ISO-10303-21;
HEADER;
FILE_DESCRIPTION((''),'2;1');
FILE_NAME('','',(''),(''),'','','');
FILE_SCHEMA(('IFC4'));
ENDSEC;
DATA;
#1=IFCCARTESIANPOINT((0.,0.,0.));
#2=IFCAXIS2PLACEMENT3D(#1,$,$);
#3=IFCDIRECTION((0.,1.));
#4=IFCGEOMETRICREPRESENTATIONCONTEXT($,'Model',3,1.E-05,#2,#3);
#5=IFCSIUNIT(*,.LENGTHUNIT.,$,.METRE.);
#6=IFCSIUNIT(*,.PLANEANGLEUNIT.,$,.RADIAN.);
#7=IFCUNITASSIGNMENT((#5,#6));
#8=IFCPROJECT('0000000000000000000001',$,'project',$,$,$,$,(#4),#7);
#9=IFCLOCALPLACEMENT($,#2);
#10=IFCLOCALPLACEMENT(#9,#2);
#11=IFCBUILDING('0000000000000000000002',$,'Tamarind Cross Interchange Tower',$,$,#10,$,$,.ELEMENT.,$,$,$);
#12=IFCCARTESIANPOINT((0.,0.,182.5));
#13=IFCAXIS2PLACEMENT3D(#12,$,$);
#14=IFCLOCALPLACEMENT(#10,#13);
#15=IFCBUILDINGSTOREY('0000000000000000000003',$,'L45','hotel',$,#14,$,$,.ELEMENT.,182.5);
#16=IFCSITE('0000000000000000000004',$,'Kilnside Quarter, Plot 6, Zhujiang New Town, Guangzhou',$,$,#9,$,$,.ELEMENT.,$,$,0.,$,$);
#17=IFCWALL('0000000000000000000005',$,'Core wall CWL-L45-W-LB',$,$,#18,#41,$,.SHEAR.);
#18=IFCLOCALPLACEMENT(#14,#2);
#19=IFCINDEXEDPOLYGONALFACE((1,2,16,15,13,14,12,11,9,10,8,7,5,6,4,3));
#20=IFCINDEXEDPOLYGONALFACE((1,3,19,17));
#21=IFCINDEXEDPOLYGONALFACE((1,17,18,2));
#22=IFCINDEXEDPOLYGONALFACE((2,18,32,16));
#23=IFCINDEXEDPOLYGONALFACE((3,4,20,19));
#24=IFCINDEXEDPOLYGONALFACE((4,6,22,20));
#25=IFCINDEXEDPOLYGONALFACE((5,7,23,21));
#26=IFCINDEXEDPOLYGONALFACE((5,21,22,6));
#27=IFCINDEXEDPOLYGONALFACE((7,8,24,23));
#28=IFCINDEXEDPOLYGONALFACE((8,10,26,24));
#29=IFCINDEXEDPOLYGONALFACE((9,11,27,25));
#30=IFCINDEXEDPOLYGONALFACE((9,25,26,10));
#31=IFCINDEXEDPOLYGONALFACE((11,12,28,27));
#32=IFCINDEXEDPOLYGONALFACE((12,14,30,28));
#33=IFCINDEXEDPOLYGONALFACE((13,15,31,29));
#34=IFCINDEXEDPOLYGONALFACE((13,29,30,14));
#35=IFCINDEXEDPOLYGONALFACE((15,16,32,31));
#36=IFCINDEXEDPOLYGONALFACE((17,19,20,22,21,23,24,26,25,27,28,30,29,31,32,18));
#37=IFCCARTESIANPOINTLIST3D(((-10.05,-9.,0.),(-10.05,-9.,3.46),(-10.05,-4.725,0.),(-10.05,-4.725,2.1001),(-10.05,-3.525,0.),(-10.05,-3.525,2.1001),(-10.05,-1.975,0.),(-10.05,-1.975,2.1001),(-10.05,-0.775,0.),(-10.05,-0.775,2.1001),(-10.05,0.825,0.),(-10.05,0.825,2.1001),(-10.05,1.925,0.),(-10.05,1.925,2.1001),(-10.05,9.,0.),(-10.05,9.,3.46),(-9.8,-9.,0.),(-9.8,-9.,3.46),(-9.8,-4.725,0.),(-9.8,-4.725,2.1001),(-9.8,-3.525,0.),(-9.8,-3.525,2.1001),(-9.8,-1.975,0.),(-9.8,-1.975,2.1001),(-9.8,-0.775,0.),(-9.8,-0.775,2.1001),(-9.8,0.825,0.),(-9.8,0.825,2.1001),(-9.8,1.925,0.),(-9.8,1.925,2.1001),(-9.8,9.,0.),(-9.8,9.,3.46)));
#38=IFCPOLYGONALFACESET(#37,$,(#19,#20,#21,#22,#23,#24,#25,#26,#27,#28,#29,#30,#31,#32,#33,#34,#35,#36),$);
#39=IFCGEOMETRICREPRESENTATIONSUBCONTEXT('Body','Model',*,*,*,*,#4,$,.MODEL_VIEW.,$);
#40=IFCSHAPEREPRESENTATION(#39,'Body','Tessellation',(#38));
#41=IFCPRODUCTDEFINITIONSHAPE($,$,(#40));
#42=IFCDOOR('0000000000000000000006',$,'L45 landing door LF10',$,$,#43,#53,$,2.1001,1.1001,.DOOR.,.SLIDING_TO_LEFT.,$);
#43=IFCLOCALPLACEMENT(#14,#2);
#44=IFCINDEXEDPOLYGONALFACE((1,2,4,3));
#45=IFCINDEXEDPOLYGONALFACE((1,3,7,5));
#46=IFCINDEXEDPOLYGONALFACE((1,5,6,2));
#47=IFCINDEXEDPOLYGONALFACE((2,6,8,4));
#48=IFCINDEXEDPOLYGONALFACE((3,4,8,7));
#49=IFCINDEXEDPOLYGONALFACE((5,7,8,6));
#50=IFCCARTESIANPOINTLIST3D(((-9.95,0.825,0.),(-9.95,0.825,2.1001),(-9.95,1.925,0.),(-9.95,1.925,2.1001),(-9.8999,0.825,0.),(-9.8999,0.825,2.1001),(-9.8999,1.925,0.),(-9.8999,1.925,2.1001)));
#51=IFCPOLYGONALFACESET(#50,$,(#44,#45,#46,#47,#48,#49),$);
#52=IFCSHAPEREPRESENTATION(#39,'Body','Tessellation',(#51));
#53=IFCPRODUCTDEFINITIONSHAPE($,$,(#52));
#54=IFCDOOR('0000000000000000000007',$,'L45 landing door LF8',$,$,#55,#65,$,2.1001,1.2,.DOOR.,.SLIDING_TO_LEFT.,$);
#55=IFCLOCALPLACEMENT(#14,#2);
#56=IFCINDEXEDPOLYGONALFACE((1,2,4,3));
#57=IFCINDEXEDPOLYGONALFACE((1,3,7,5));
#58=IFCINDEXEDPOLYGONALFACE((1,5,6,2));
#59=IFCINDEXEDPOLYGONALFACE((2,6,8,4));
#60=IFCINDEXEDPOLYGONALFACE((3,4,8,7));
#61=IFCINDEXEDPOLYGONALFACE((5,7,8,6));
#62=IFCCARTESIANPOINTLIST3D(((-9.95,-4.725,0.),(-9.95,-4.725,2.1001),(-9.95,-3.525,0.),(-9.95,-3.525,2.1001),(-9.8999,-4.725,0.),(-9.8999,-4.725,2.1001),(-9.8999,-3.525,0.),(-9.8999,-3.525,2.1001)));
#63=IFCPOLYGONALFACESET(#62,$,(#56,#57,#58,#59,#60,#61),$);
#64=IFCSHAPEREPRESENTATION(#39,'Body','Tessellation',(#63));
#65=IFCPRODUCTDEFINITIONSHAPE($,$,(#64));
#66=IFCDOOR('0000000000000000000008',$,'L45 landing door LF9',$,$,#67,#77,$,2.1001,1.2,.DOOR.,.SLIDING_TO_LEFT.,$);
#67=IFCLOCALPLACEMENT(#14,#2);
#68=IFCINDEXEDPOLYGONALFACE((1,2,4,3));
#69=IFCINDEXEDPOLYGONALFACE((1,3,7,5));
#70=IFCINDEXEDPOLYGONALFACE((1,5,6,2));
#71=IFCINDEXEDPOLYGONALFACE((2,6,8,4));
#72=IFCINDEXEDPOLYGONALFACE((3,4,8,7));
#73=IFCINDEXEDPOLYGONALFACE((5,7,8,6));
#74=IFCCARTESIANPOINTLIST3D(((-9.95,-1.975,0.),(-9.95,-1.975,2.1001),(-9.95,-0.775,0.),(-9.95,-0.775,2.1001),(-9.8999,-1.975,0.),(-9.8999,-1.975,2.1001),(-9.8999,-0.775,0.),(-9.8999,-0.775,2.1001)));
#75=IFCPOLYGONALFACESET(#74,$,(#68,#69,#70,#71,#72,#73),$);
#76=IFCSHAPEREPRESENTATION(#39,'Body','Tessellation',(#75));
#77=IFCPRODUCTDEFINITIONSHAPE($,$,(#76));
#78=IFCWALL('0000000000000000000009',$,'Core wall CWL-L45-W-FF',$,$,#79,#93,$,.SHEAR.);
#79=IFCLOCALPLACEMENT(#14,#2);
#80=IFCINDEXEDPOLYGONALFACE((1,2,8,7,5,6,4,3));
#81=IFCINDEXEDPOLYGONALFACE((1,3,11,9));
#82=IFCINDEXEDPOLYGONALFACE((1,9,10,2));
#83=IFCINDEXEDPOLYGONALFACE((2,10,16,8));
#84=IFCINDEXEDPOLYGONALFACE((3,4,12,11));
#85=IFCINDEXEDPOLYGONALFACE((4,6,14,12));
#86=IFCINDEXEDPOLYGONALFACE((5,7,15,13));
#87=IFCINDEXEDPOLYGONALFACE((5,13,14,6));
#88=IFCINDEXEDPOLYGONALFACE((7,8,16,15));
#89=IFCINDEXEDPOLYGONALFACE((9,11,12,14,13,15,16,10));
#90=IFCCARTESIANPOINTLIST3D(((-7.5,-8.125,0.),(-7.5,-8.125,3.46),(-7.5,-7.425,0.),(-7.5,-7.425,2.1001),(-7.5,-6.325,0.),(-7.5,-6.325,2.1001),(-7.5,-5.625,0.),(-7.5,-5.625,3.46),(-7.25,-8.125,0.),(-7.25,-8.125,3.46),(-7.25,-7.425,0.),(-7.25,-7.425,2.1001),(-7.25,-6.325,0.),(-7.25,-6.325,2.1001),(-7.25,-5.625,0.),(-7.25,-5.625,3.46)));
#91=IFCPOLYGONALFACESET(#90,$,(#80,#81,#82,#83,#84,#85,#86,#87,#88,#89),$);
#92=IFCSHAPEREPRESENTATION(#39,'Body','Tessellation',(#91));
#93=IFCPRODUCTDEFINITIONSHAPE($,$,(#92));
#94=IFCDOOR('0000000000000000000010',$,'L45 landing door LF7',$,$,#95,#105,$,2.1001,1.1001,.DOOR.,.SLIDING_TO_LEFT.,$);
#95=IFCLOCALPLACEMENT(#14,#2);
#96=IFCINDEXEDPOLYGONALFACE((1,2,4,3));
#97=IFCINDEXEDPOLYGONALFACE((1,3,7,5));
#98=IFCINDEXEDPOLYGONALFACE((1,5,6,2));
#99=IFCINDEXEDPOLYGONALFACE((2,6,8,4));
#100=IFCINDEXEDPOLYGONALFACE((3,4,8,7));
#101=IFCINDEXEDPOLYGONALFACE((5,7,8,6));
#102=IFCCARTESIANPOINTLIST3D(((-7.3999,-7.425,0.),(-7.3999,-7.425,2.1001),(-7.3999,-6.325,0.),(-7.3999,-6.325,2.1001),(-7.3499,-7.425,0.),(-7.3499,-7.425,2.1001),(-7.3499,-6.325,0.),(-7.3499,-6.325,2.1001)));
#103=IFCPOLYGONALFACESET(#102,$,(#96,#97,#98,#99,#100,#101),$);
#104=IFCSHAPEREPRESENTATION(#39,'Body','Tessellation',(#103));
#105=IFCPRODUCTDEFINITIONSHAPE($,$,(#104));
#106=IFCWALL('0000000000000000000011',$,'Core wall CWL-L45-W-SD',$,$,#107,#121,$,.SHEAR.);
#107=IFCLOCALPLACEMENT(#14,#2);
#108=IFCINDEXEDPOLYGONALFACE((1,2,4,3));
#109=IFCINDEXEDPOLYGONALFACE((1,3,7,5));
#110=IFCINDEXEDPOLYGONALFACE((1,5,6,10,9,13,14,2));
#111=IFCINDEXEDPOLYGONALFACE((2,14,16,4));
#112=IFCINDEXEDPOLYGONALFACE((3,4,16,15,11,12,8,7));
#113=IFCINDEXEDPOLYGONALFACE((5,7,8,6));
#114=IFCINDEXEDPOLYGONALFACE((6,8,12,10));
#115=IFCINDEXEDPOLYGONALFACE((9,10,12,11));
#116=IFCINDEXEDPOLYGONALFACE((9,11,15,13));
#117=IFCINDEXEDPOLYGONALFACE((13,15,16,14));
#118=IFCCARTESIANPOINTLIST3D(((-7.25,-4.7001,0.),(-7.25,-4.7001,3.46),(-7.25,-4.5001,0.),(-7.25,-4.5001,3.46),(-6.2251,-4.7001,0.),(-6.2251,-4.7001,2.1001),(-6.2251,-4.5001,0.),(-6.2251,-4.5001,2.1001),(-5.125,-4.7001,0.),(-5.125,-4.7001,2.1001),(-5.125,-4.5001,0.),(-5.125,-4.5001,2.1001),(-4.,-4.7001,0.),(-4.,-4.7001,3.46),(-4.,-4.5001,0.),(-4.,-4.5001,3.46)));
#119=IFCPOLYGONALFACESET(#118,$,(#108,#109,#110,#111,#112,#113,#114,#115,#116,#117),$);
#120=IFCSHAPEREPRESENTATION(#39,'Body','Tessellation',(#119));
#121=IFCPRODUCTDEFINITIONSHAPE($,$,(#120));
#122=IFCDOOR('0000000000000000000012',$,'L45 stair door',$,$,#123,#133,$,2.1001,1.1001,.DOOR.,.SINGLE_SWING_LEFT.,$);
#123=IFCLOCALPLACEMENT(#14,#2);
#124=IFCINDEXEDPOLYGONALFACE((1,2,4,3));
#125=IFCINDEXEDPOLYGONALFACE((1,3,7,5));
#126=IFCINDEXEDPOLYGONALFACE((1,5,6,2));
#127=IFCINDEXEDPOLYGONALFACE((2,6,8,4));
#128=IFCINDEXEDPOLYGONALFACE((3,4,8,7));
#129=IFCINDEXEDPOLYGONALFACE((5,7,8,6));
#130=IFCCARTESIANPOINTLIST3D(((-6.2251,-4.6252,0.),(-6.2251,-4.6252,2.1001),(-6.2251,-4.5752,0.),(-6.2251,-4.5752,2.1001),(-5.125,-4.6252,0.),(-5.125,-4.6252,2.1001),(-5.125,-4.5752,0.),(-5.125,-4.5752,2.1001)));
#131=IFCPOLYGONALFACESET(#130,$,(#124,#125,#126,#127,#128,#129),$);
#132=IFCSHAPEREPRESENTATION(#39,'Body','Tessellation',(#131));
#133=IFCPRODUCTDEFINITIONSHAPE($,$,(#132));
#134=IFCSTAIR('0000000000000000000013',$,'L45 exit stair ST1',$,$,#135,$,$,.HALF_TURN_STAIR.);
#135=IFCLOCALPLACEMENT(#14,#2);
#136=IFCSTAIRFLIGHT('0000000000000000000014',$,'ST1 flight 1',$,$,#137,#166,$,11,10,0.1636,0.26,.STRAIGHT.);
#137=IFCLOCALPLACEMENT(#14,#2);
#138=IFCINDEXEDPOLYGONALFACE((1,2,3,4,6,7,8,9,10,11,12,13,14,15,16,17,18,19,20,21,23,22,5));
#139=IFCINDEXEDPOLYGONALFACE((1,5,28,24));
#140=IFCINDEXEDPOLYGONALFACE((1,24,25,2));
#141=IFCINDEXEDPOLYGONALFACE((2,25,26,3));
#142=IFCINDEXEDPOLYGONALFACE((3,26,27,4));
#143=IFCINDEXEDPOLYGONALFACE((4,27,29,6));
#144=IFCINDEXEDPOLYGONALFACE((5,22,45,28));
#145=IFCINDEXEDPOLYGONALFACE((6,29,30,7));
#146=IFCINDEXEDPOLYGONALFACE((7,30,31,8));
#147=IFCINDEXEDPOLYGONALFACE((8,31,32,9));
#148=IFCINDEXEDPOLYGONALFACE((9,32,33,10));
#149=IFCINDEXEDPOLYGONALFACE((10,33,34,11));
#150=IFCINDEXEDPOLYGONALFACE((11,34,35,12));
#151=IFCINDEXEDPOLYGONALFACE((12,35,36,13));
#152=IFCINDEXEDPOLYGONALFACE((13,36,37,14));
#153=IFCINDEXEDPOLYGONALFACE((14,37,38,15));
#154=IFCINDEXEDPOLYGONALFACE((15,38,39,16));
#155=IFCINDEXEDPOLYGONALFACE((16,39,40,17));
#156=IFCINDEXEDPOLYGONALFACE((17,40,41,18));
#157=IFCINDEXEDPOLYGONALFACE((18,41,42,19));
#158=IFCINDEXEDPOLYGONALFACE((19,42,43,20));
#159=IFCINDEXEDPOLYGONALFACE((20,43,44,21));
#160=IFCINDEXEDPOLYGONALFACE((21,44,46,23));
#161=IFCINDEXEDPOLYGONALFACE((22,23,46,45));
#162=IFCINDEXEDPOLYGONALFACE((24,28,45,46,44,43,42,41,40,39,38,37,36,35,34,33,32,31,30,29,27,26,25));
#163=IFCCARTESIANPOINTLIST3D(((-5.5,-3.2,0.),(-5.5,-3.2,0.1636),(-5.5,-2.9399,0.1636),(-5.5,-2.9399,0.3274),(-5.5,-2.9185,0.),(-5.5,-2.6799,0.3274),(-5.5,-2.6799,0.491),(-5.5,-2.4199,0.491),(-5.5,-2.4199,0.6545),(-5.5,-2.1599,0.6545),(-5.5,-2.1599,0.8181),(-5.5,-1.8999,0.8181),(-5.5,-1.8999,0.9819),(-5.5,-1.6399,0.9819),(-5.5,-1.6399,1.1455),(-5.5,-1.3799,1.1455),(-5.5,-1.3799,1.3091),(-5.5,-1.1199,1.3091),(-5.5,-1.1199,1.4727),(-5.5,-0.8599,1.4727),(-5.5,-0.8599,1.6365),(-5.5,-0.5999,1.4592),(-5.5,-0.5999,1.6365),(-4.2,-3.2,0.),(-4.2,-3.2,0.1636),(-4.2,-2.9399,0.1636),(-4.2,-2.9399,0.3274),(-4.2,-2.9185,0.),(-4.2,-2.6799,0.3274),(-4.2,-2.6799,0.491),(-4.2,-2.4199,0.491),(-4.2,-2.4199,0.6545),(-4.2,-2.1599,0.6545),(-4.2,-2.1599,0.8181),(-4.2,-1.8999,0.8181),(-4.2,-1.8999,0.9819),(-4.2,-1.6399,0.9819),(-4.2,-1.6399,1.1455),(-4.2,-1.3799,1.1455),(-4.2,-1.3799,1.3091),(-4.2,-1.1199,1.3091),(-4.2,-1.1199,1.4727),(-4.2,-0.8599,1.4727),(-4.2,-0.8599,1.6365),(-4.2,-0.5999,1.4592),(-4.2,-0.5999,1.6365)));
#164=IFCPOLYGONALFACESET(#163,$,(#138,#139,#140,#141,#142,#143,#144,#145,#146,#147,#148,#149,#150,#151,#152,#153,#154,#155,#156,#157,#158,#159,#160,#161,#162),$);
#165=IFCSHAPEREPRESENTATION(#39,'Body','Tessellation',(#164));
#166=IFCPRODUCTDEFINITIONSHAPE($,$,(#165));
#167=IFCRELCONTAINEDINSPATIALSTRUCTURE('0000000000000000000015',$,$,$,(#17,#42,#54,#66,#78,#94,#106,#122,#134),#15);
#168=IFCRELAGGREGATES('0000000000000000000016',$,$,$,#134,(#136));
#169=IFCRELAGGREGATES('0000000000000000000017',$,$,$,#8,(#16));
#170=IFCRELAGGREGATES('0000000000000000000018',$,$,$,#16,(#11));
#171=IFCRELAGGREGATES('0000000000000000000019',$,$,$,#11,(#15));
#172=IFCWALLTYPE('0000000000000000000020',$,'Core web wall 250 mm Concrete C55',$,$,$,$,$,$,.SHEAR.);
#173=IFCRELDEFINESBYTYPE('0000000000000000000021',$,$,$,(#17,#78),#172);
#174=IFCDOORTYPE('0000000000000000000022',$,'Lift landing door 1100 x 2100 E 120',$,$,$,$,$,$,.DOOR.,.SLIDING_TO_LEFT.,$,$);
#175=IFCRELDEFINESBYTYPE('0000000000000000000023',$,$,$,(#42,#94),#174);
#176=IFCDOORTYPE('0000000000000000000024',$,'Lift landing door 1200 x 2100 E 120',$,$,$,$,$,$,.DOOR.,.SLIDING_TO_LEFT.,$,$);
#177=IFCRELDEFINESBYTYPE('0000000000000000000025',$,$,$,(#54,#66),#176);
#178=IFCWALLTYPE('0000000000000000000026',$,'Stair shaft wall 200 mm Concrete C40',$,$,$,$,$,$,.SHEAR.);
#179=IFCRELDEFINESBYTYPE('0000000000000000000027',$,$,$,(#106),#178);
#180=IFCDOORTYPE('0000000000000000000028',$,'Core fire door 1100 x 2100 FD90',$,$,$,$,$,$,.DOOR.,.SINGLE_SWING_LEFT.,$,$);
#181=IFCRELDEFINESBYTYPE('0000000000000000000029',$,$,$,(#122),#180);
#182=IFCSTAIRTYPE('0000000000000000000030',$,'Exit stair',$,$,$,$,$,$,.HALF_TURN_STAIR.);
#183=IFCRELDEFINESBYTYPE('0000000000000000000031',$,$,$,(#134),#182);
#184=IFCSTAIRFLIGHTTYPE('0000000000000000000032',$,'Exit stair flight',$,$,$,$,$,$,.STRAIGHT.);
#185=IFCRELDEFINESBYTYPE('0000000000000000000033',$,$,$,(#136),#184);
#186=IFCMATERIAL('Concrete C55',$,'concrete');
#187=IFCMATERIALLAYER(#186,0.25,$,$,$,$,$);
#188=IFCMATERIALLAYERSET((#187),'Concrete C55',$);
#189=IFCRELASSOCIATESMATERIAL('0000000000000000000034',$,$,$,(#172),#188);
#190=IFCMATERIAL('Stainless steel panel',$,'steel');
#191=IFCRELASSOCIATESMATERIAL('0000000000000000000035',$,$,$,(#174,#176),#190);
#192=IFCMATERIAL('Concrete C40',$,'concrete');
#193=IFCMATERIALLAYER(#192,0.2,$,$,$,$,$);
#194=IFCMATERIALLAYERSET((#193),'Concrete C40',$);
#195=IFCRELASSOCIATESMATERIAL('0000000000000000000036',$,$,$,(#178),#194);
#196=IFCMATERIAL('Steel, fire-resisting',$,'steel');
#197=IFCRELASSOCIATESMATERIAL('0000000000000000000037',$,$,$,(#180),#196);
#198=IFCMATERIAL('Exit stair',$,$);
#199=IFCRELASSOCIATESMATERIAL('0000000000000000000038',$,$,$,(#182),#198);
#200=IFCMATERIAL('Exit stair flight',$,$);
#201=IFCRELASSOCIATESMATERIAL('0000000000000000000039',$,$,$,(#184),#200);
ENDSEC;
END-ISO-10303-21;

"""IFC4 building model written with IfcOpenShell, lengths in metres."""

from ifc_helpers import new_model, si_unit, direction, frame, frame_2d, origin, place, context, subcontext, project, spatial, polyline, rectangle, outline, extrude, material, layer, layer_set, type_object, element, fill, aggregate, save


model = new_model("IFC4")

# Units and contexts
model_context = context("Model", 3, precision=1e-05, world=origin(), true_north=direction((0.0, 1.0)))
body_context = subcontext(model_context, "Body", "Model", "MODEL_VIEW")
ifc_project = project(units=[si_unit("LENGTHUNIT", "METRE"), si_unit("PLANEANGLEUNIT", "RADIAN")], contexts=[model_context])

# Site, building, storey
site_placement = place(None, origin())
site = spatial("IfcSite", under=ifc_project, at=site_placement, Name="Kilnside Quarter, Plot 6, Zhujiang New Town, Guangzhou", CompositionType="ELEMENT", RefElevation=0.0)
building_placement = place(site_placement, origin())
building = spatial("IfcBuilding", under=site, at=building_placement, Name="Tamarind Cross Interchange Tower", CompositionType="ELEMENT")
storey_placement = place(building_placement, frame((0.0, 0.0, 182.5)))
storey = spatial("IfcBuildingStorey", under=building, at=storey_placement, Name="L45", Description="hotel", CompositionType="ELEMENT", Elevation=182.5)

# Shared definitions
ifc_material_1 = material(Name="Concrete C55", Category="concrete")

# Shared definitions
ifc_material_2 = material(Name="Steel, fire-resisting", Category="steel")

# Shared definitions
ifc_layer_1 = layer(ifc_material_1, 0.25)
ifc_layer_set_1 = layer_set([ifc_layer_1], Name="Concrete C55")
wall_type_1 = type_object("IfcWallType", Name="Core web wall 250 mm Concrete C55", PredefinedType="SHEAR", material=ifc_layer_set_1)

# Wall, openings, doors
ifc_material_3 = material(Name="Stainless steel panel", Category="steel")
wall_1_placement = place(storey_placement, frame((-9.925, -9.0, 0.0), z_axis=(0.0, 0.0, 1.0), x_axis=(0.0, 1.0, 0.0)))
wall_1 = element("IfcWall", 1, at=wall_1_placement, inside=storey, type_object=wall_type_1, Name="Core wall CWL-L45-W-LB", PredefinedType="SHEAR", context=body_context, shape_type="SweptSolid", body=[
    extrude(rectangle(XDim=18.0, YDim=0.25, at=frame_2d((9.0, 0.0))), origin(), (0.0, 0.0, 1.0), 3.46),
])
opening_1_placement = place(wall_1_placement, frame((4.2749, 0.0, 0.0)))
opening_1 = element("IfcOpeningElement", 2, at=opening_1_placement, cuts=wall_1, PredefinedType="OPENING", context=body_context, shape_type="SweptSolid", body=[
    extrude(rectangle(XDim=1.2, YDim=2.1001, at=frame_2d((0.6001, 1.05))), frame((0.0, 0.135, 0.0), z_axis=(0.0, -1.0, 0.0), x_axis=(1.0, 0.0, 0.0)), (0.0, 0.0, 1.0), 0.27),
])
opening_2_placement = place(wall_1_placement, frame((7.0249, 0.0, 0.0)))
opening_2 = element("IfcOpeningElement", 3, at=opening_2_placement, cuts=wall_1, PredefinedType="OPENING", context=body_context, shape_type="SweptSolid", body=[
    extrude(rectangle(XDim=1.2, YDim=2.1001, at=frame_2d((0.6001, 1.05))), frame((0.0, 0.135, 0.0), z_axis=(0.0, -1.0, 0.0), x_axis=(1.0, 0.0, 0.0)), (0.0, 0.0, 1.0), 0.27),
])
opening_3_placement = place(wall_1_placement, frame((9.825, 0.0, 0.0)))
opening_3 = element("IfcOpeningElement", 4, at=opening_3_placement, cuts=wall_1, PredefinedType="OPENING", context=body_context, shape_type="SweptSolid", body=[
    extrude(rectangle(XDim=1.1001, YDim=2.1001, at=frame_2d((0.55, 1.05))), frame((0.0, 0.135, 0.0), z_axis=(0.0, -1.0, 0.0), x_axis=(1.0, 0.0, 0.0)), (0.0, 0.0, 1.0), 0.27),
])
door_type_1 = type_object("IfcDoorType", Name="Lift landing door 1100 x 2100 E 120", OperationType="SLIDING_TO_LEFT", PredefinedType="DOOR", material=ifc_material_3)
door_1_placement = place(opening_3_placement, origin())
door_1 = element("IfcDoor", 5, at=door_1_placement, inside=storey, type_object=door_type_1, Name="L45 landing door LF10", OperationType="SLIDING_TO_LEFT", OverallHeight=2.1001, OverallWidth=1.1001, PredefinedType="DOOR", context=body_context, shape_type="SweptSolid", body=[
    extrude(rectangle(XDim=1.1001, YDim=2.1001, at=frame_2d((0.55, 1.05))), frame((0.0, 0.0249, 0.0), z_axis=(0.0, -1.0, 0.0), x_axis=(1.0, 0.0, 0.0)), (0.0, 0.0, 1.0), 0.05),
])
fill(opening_3, door_1)
door_type_2 = type_object("IfcDoorType", Name="Lift landing door 1200 x 2100 E 120", OperationType="SLIDING_TO_LEFT", PredefinedType="DOOR", material=ifc_material_3)
door_2_placement = place(opening_1_placement, origin())
door_2 = element("IfcDoor", 6, at=door_2_placement, inside=storey, type_object=door_type_2, Name="L45 landing door LF8", OperationType="SLIDING_TO_LEFT", OverallHeight=2.1001, OverallWidth=1.2, PredefinedType="DOOR", context=body_context, shape_type="SweptSolid", body=[
    extrude(rectangle(XDim=1.2, YDim=2.1001, at=frame_2d((0.6001, 1.05))), frame((0.0, 0.0249, 0.0), z_axis=(0.0, -1.0, 0.0), x_axis=(1.0, 0.0, 0.0)), (0.0, 0.0, 1.0), 0.05),
])
fill(opening_1, door_2)
door_3_placement = place(opening_2_placement, origin())
door_3 = element("IfcDoor", 7, at=door_3_placement, inside=storey, type_object=door_type_2, Name="L45 landing door LF9", OperationType="SLIDING_TO_LEFT", OverallHeight=2.1001, OverallWidth=1.2, PredefinedType="DOOR", context=body_context, shape_type="SweptSolid", body=[
    extrude(rectangle(XDim=1.2, YDim=2.1001, at=frame_2d((0.6001, 1.05))), frame((0.0, 0.0249, 0.0), z_axis=(0.0, -1.0, 0.0), x_axis=(1.0, 0.0, 0.0)), (0.0, 0.0, 1.0), 0.05),
])
fill(opening_2, door_3)

# Walls, openings, doors
wall_2_placement = place(storey_placement, frame((-7.375, -8.125, 0.0), z_axis=(0.0, 0.0, 1.0), x_axis=(0.0, 1.0, 0.0)))
wall_2 = element("IfcWall", 8, at=wall_2_placement, inside=storey, type_object=wall_type_1, Name="Core wall CWL-L45-W-FF", PredefinedType="SHEAR", context=body_context, shape_type="SweptSolid", body=[
    extrude(rectangle(XDim=2.5, YDim=0.25, at=frame_2d((1.25, 0.0))), origin(), (0.0, 0.0, 1.0), 3.46),
])
opening_4_placement = place(wall_2_placement, frame((0.7, 0.0, 0.0)))
opening_4 = element("IfcOpeningElement", 9, at=opening_4_placement, cuts=wall_2, PredefinedType="OPENING", context=body_context, shape_type="SweptSolid", body=[
    extrude(rectangle(XDim=1.1001, YDim=2.1001, at=frame_2d((0.55, 1.05))), frame((0.0, 0.135, 0.0), z_axis=(0.0, -1.0, 0.0), x_axis=(1.0, 0.0, 0.0)), (0.0, 0.0, 1.0), 0.27),
])
door_4_placement = place(opening_4_placement, origin())
door_4 = element("IfcDoor", 10, at=door_4_placement, inside=storey, type_object=door_type_1, Name="L45 landing door LF7", OperationType="SLIDING_TO_LEFT", OverallHeight=2.1001, OverallWidth=1.1001, PredefinedType="DOOR", context=body_context, shape_type="SweptSolid", body=[
    extrude(rectangle(XDim=1.1001, YDim=2.1001, at=frame_2d((0.55, 1.05))), frame((0.0, 0.0249, 0.0), z_axis=(0.0, -1.0, 0.0), x_axis=(1.0, 0.0, 0.0)), (0.0, 0.0, 1.0), 0.05),
])
fill(opening_4, door_4)
ifc_material_4 = material(Name="Concrete C40", Category="concrete")
ifc_layer_2 = layer(ifc_material_4, 0.2)
ifc_layer_set_2 = layer_set([ifc_layer_2], Name="Concrete C40")
wall_type_2 = type_object("IfcWallType", Name="Stair shaft wall 200 mm Concrete C40", PredefinedType="SHEAR", material=ifc_layer_set_2)
wall_3_placement = place(storey_placement, frame((-7.25, -4.6001, 0.0), z_axis=(0.0, 0.0, 1.0), x_axis=(1.0, 0.0, 0.0)))
wall_3 = element("IfcWall", 11, at=wall_3_placement, inside=storey, type_object=wall_type_2, Name="Core wall CWL-L45-W-SD", PredefinedType="SHEAR", context=body_context, shape_type="SweptSolid", body=[
    extrude(rectangle(XDim=3.25, YDim=0.2, at=frame_2d((1.625, 0.0))), origin(), (0.0, 0.0, 1.0), 3.46),
])
opening_5_placement = place(wall_3_placement, frame((1.0249, 0.0, 0.0)))
opening_5 = element("IfcOpeningElement", 12, at=opening_5_placement, cuts=wall_3, PredefinedType="OPENING", context=body_context, shape_type="SweptSolid", body=[
    extrude(rectangle(XDim=1.1001, YDim=2.1001, at=frame_2d((0.55, 1.05))), frame((0.0, 0.1099, 0.0), z_axis=(0.0, -1.0, 0.0), x_axis=(1.0, 0.0, 0.0)), (0.0, 0.0, 1.0), 0.22),
])
door_type_3 = type_object("IfcDoorType", Name="Core fire door 1100 x 2100 FD90", OperationType="SINGLE_SWING_LEFT", PredefinedType="DOOR", material=ifc_material_2)
door_5_placement = place(opening_5_placement, origin())
door_5 = element("IfcDoor", 13, at=door_5_placement, inside=storey, type_object=door_type_3, Name="L45 stair door", OperationType="SINGLE_SWING_LEFT", OverallHeight=2.1001, OverallWidth=1.1001, PredefinedType="DOOR", context=body_context, shape_type="SweptSolid", body=[
    extrude(rectangle(XDim=1.1001, YDim=2.1001, at=frame_2d((0.55, 1.05))), frame((0.0, 0.0249, 0.0), z_axis=(0.0, -1.0, 0.0), x_axis=(1.0, 0.0, 0.0)), (0.0, 0.0, 1.0), 0.05),
])
fill(opening_5, door_5)

# Stair, stair flight
ifc_material_5 = material(Name="Exit stair")
stair_type = type_object("IfcStairType", Name="Exit stair", PredefinedType="HALF_TURN_STAIR", material=ifc_material_5)
stair_placement = place(storey_placement, origin())
stair = element("IfcStair", 14, at=stair_placement, inside=storey, type_object=stair_type, Name="L45 exit stair ST1", PredefinedType="HALF_TURN_STAIR")
ifc_material_6 = material(Name="Exit stair flight")
stair_flight_type = type_object("IfcStairFlightType", Name="Exit stair flight", PredefinedType="STRAIGHT", material=ifc_material_6)
stair_flight_1_placement = place(storey_placement, frame((-4.8501, -3.2, 0.0), z_axis=(0.0, 0.0, 1.0), x_axis=(0.0, 1.0, 0.0)))
stair_flight_1 = element("IfcStairFlight", 15, at=stair_flight_1_placement, type_object=stair_flight_type, Name="ST1 flight 1", NumberOfRisers=11, NumberOfTreads=10, PredefinedType="STRAIGHT", RiserHeight=0.1636, TreadLength=0.26, context=body_context, shape_type="SweptSolid", body=[
    extrude(outline(polyline([(0.0, 0.0), (0.0, 0.1636), (0.26, 0.1636), (0.26, 0.3274), (0.52, 0.3274), (0.52, 0.491), (0.78, 0.491), (0.78, 0.6545), (1.04, 0.6545), (1.04, 0.8181), (1.3, 0.8181), (1.3, 0.9819), (1.5601, 0.9819), (1.5601, 1.1455), (1.8201, 1.1455), (1.8201, 1.3091), (2.0801, 1.3091), (2.0801, 1.4727), (2.3401, 1.4727), (2.3401, 1.6365), (2.6001, 1.6365), (2.6001, 1.8), (2.6001, 1.4592), (0.2815, 0.0), (0.0, 0.0)])), frame((0.0, 0.6499, 0.0), z_axis=(0.0, -1.0, 0.0), x_axis=(1.0, 0.0, 0.0)), (0.0, 0.0, 1.0), 1.3),
])
aggregate(stair, [stair_flight_1])

save(model, "model.ifc")
